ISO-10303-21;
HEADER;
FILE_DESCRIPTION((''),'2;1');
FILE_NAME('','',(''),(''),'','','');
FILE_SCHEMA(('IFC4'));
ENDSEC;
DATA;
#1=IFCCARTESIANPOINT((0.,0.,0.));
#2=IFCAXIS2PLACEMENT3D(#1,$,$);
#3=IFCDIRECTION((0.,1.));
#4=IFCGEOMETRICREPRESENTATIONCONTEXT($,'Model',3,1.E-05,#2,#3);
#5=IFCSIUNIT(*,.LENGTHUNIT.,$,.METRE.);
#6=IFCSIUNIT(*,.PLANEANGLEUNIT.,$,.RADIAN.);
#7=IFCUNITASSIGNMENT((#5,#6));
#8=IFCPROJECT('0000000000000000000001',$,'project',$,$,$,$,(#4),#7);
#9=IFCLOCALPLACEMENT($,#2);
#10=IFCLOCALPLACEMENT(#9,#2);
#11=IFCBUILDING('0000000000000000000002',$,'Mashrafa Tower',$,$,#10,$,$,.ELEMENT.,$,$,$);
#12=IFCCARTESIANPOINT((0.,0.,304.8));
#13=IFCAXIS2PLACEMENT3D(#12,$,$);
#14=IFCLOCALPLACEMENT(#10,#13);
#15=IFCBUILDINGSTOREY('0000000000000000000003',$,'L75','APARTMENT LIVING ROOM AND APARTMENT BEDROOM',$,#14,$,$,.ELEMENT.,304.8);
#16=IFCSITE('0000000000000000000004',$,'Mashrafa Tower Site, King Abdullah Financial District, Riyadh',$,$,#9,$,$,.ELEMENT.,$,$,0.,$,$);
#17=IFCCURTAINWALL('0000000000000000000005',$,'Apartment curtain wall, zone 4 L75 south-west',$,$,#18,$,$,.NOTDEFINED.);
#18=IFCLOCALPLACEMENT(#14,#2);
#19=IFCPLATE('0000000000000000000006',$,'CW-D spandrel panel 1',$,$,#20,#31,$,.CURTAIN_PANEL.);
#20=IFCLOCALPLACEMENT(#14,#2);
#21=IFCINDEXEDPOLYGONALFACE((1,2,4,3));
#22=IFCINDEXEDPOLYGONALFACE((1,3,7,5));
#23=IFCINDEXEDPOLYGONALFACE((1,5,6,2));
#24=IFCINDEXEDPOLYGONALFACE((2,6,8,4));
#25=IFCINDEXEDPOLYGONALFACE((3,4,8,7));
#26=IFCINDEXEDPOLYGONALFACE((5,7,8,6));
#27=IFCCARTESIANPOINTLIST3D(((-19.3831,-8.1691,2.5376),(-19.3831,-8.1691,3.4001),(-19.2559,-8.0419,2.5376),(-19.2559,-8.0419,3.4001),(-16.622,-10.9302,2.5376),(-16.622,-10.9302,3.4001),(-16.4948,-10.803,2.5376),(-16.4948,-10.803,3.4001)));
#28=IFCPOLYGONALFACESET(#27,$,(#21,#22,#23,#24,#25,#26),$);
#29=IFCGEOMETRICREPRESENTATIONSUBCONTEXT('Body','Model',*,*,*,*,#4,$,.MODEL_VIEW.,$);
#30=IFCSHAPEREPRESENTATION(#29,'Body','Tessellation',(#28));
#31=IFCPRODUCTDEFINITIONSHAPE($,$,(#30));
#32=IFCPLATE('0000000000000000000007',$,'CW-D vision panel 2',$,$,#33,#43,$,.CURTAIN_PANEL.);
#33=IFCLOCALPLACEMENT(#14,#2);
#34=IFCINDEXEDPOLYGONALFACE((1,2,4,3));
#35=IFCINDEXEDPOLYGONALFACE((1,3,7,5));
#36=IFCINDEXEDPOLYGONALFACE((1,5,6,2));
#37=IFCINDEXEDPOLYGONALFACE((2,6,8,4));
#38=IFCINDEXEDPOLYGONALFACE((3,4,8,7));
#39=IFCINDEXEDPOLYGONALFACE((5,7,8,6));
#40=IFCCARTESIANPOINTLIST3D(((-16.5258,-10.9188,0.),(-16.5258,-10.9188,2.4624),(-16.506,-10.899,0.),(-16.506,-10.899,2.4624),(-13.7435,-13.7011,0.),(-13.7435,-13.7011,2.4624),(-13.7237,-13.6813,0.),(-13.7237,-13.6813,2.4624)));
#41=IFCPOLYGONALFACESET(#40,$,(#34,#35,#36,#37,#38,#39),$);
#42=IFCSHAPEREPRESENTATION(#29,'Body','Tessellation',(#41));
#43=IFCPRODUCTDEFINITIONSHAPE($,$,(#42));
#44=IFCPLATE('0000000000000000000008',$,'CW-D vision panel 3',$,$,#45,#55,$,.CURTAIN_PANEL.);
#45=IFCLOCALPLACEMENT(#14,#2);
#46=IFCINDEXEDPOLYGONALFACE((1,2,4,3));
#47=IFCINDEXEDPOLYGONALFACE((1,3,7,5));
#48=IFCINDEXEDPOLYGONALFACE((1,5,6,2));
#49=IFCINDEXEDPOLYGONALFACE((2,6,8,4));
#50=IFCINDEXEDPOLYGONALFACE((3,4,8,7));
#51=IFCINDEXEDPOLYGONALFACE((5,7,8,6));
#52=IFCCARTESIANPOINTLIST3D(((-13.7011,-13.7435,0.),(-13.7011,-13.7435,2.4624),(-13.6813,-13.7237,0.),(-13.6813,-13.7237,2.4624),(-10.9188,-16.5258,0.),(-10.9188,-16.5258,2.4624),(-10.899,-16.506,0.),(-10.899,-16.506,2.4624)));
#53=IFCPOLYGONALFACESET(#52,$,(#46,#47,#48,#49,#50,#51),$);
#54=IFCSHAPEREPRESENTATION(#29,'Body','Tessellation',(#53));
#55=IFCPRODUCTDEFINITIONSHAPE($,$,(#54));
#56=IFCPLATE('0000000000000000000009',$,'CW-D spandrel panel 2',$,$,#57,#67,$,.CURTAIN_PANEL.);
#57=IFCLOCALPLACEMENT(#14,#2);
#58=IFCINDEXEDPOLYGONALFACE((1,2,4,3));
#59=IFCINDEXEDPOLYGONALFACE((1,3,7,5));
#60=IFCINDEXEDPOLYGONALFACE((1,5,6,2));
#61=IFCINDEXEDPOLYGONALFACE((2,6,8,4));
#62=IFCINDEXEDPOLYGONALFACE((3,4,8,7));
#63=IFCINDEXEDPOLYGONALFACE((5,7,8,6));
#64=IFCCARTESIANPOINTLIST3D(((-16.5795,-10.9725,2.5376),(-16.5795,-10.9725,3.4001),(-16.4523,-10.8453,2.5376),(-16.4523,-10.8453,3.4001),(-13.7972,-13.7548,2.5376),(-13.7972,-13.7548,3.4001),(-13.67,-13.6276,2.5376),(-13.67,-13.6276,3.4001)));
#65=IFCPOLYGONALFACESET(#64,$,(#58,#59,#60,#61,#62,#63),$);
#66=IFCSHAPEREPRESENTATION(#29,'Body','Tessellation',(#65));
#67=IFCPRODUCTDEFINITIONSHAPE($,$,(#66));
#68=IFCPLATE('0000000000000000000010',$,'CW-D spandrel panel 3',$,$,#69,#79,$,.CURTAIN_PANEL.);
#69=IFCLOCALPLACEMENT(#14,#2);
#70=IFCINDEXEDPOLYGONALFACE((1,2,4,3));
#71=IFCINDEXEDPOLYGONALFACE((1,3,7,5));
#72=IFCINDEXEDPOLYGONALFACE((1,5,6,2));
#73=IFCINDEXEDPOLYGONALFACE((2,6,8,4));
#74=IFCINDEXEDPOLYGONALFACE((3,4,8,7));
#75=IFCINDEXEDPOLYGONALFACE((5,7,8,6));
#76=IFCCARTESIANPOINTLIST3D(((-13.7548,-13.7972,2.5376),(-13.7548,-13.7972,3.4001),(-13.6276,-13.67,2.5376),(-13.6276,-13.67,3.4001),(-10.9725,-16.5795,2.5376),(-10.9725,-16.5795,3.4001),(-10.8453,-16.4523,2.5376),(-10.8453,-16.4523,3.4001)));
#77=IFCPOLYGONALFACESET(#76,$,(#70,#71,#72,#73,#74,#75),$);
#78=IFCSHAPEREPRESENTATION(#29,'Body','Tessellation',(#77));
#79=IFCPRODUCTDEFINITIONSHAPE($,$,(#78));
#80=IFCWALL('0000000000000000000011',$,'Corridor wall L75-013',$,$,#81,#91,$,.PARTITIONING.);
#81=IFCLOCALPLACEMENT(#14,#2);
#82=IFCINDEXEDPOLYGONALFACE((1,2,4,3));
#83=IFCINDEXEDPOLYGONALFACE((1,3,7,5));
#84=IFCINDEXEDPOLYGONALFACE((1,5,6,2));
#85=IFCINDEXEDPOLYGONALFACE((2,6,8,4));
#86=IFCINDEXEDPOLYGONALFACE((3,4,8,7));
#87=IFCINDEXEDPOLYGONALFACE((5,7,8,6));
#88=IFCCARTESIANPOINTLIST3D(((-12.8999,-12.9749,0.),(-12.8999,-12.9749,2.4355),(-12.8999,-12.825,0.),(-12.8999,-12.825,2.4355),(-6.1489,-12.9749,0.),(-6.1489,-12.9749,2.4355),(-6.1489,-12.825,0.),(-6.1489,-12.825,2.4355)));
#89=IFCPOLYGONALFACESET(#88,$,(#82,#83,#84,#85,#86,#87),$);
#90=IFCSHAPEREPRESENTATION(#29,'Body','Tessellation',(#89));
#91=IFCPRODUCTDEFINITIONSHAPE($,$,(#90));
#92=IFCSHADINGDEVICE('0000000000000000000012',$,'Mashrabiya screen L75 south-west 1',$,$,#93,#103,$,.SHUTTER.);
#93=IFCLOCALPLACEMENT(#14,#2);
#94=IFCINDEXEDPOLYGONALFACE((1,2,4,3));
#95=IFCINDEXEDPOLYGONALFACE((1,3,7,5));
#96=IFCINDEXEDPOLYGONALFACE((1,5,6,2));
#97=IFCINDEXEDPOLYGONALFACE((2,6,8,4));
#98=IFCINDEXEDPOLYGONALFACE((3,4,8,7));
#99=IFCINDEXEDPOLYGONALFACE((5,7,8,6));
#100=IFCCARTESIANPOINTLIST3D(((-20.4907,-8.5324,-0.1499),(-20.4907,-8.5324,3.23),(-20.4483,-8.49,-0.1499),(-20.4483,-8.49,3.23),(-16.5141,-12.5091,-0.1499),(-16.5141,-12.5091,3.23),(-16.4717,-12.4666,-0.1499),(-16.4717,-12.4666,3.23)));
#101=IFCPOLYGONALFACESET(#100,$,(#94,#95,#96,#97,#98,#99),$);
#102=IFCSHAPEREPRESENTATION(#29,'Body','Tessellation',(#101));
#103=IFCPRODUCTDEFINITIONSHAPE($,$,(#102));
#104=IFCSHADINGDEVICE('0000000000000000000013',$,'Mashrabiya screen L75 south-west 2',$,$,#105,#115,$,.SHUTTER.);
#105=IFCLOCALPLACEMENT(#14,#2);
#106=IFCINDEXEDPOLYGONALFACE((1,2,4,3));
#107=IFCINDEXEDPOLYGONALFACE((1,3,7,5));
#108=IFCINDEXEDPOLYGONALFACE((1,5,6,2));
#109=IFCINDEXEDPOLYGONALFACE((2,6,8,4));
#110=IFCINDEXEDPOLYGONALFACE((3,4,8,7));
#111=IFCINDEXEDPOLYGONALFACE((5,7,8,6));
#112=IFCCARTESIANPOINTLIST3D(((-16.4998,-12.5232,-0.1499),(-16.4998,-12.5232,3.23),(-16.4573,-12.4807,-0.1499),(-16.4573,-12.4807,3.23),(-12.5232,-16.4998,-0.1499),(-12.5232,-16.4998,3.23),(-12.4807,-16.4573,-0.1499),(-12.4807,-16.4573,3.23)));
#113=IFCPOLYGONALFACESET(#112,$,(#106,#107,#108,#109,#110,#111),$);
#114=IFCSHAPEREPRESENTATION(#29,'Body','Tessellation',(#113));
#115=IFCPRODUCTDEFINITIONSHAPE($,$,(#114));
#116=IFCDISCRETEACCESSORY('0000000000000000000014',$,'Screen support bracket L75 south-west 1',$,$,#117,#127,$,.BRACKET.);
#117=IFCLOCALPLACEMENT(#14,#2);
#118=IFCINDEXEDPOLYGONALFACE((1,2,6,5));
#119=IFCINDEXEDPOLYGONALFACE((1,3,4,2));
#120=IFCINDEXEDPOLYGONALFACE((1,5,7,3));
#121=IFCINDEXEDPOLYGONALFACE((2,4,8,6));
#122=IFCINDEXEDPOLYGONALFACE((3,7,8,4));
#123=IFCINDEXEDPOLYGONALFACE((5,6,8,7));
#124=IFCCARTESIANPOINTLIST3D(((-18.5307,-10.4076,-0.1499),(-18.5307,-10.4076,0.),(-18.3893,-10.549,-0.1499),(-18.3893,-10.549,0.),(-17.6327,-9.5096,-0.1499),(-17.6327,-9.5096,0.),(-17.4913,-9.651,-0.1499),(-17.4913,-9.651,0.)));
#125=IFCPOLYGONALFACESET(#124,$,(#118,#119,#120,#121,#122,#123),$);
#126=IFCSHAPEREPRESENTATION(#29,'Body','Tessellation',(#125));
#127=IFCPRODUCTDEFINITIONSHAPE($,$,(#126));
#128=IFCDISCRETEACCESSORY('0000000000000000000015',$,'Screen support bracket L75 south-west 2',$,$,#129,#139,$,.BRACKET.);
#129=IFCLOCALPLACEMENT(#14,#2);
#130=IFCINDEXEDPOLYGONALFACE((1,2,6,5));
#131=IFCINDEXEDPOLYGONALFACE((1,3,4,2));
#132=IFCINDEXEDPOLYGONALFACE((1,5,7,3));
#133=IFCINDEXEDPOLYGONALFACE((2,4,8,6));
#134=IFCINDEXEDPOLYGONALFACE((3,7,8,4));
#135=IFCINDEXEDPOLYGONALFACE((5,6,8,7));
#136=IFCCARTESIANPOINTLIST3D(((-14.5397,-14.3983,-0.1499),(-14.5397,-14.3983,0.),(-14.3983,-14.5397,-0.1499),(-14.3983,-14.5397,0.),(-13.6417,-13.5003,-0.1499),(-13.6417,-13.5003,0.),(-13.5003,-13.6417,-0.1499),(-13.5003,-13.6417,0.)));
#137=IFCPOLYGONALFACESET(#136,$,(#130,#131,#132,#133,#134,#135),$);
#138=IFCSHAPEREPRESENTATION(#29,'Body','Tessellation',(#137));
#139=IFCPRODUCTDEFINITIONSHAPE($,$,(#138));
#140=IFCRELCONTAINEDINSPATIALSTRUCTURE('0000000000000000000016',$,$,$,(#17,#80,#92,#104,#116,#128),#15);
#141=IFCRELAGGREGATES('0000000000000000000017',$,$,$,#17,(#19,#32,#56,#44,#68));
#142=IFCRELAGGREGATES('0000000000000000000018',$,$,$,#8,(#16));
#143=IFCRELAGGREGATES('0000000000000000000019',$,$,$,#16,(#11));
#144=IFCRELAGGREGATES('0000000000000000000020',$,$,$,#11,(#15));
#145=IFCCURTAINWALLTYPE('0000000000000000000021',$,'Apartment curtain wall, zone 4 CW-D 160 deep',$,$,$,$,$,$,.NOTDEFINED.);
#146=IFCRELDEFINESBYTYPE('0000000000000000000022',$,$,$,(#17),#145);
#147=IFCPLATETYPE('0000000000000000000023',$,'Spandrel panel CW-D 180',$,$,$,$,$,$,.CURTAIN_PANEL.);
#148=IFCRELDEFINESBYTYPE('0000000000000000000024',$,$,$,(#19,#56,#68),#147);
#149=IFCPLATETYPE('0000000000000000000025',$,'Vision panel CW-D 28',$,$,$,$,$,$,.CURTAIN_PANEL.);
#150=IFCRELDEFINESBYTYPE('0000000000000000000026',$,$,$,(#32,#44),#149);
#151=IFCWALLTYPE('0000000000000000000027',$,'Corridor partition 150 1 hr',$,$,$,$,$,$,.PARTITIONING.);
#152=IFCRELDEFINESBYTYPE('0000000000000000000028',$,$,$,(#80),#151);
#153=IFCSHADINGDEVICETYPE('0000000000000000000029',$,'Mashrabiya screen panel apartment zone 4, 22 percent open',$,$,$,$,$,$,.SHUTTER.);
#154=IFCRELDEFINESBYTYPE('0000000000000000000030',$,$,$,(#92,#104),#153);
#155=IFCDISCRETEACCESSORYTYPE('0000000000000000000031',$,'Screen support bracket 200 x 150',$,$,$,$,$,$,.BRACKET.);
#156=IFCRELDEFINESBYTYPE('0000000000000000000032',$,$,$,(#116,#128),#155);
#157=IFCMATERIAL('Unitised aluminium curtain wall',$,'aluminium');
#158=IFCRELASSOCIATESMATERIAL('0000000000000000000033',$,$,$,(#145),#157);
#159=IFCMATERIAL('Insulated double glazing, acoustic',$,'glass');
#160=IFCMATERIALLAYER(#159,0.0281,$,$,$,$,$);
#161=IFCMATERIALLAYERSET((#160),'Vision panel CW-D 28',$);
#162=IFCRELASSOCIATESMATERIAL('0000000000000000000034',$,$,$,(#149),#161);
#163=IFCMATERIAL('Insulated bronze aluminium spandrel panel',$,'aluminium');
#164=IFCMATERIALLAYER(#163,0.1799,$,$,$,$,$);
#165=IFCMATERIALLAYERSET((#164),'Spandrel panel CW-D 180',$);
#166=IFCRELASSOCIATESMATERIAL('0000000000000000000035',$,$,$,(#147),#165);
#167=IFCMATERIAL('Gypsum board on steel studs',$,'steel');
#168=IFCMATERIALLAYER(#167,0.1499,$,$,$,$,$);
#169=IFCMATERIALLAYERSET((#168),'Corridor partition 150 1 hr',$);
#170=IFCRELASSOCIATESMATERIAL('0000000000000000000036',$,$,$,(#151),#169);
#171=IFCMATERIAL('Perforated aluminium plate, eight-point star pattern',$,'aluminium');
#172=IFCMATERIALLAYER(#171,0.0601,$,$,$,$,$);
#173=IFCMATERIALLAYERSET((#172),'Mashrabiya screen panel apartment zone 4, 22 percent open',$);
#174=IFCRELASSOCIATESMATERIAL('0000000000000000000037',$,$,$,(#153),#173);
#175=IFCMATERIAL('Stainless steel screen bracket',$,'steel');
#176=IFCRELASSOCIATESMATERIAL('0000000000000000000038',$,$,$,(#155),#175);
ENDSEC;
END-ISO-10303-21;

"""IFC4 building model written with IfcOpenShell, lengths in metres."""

from ifc_helpers import new_model, si_unit, direction, frame, frame_2d, origin, origin_2d, place, context, subcontext, project, spatial, rectangle, extrude, source, transform, mapped, material, layer, layer_set, type_object, type_shapes, element, aggregate, save


model = new_model("IFC4")

# Units and contexts
model_context = context("Model", 3, precision=1e-05, world=origin(), true_north=direction((0.0, 1.0)))
body_context = subcontext(model_context, "Body", "Model", "MODEL_VIEW")
ifc_project = project(units=[si_unit("LENGTHUNIT", "METRE"), si_unit("PLANEANGLEUNIT", "RADIAN")], contexts=[model_context])

# Site, building, storey
site_placement = place(None, origin())
site = spatial("IfcSite", under=ifc_project, at=site_placement, Name="Mashrafa Tower Site, King Abdullah Financial District, Riyadh", CompositionType="ELEMENT", RefElevation=0.0)
building_placement = place(site_placement, origin())
building = spatial("IfcBuilding", under=site, at=building_placement, Name="Mashrafa Tower", CompositionType="ELEMENT")
storey_placement = place(building_placement, frame((0.0, 0.0, 304.8)))
storey = spatial("IfcBuildingStorey", under=building, at=storey_placement, Name="L75", Description="APARTMENT LIVING ROOM AND APARTMENT BEDROOM", CompositionType="ELEMENT", Elevation=304.8)

# Shared definitions
ifc_material_1 = material(Name="Unitised aluminium curtain wall", Category="aluminium")
curtain_wall_type = type_object("IfcCurtainWallType", Name="Apartment curtain wall, zone 4 CW-D 160 deep", PredefinedType="NOTDEFINED", material=ifc_material_1)

# Curtain wall, plates
curtain_wall_1_placement = place(storey_placement, origin())
curtain_wall_1 = element("IfcCurtainWall", 1, at=curtain_wall_1_placement, inside=storey, type_object=curtain_wall_type, Name="Apartment curtain wall, zone 4 L75 south-west", PredefinedType="NOTDEFINED")
ifc_material_2 = material(Name="Insulated double glazing, acoustic", Category="glass")
ifc_layer_1 = layer(ifc_material_2, 0.0281)
ifc_layer_set_1 = layer_set([ifc_layer_1], Name="Vision panel CW-D 28")
plate_type_1 = type_object("IfcPlateType", Name="Vision panel CW-D 28", PredefinedType="CURTAIN_PANEL", material=ifc_layer_set_1)
ifc_material_3 = material(Name="Insulated bronze aluminium spandrel panel", Category="aluminium")
ifc_layer_2 = layer(ifc_material_3, 0.1799)
ifc_layer_set_2 = layer_set([ifc_layer_2], Name="Spandrel panel CW-D 180")
plate_type_2 = type_object("IfcPlateType", Name="Spandrel panel CW-D 180", PredefinedType="CURTAIN_PANEL", material=ifc_layer_set_2)
shared_shape_1 = source(origin(), body_context, "Body", "SweptSolid", [
    extrude(rectangle(XDim=3.9048, YDim=0.1799, at=origin_2d()), origin(), (0.0, 0.0, 1.0), 0.8625),
])
plate_1_placement = place(storey_placement, frame((-17.939, -9.4861, 2.5376), z_axis=(0.0, 0.0, 1.0), x_axis=(0.707107, -0.707107, 0.0)))
plate_1 = element("IfcPlate", 2, at=plate_1_placement, type_object=plate_type_2, Name="CW-D spandrel panel 1", PredefinedType="CURTAIN_PANEL", context=body_context, shape_type="MappedRepresentation", body=[
    mapped(shared_shape_1, transform((0.0, 0.0, 0.0))),
])
shared_shape_2 = source(origin(), body_context, "Body", "SweptSolid", [
    extrude(rectangle(XDim=3.9348, YDim=0.0281, at=origin_2d()), origin(), (0.0, 0.0, 1.0), 2.4624),
])
plate_2_placement = place(storey_placement, frame((-15.1248, -12.3, 0.0), z_axis=(0.0, 0.0, 1.0), x_axis=(0.707107, -0.707107, 0.0)))
plate_2 = element("IfcPlate", 3, at=plate_2_placement, type_object=plate_type_1, Name="CW-D vision panel 2", PredefinedType="CURTAIN_PANEL", context=body_context, shape_type="MappedRepresentation", body=[
    mapped(shared_shape_2, transform((0.0, 0.0, 0.0))),
])
plate_3_placement = place(storey_placement, frame((-12.3, -15.1248, 0.0), z_axis=(0.0, 0.0, 1.0), x_axis=(0.707107, -0.707107, 0.0)))
plate_3 = element("IfcPlate", 4, at=plate_3_placement, type_object=plate_type_1, Name="CW-D vision panel 3", PredefinedType="CURTAIN_PANEL", context=body_context, shape_type="MappedRepresentation", body=[
    mapped(shared_shape_2, transform((0.0, 0.0, 0.0))),
])
shared_shape_3 = source(origin(), body_context, "Body", "SweptSolid", [
    extrude(rectangle(XDim=3.9348, YDim=0.1799, at=origin_2d()), origin(), (0.0, 0.0, 1.0), 0.8625),
])
type_shapes(plate_type_2, [shared_shape_1, shared_shape_3])
plate_4_placement = place(storey_placement, frame((-15.1248, -12.3, 2.5376), z_axis=(0.0, 0.0, 1.0), x_axis=(0.707107, -0.707107, 0.0)))
plate_4 = element("IfcPlate", 5, at=plate_4_placement, type_object=plate_type_2, Name="CW-D spandrel panel 2", PredefinedType="CURTAIN_PANEL", context=body_context, shape_type="MappedRepresentation", body=[
    mapped(shared_shape_3, transform((0.0, 0.0, 0.0))),
])
plate_5_placement = place(storey_placement, frame((-12.3, -15.1248, 2.5376), z_axis=(0.0, 0.0, 1.0), x_axis=(0.707107, -0.707107, 0.0)))
plate_5 = element("IfcPlate", 6, at=plate_5_placement, type_object=plate_type_2, Name="CW-D spandrel panel 3", PredefinedType="CURTAIN_PANEL", context=body_context, shape_type="MappedRepresentation", body=[
    mapped(shared_shape_3, transform((0.0, 0.0, 0.0))),
])
aggregate(curtain_wall_1, [plate_1, plate_2, plate_4, plate_3, plate_5])

# Wall
ifc_material_4 = material(Name="Gypsum board on steel studs", Category="steel")
ifc_layer_3 = layer(ifc_material_4, 0.1499)
ifc_layer_set_3 = layer_set([ifc_layer_3], Name="Corridor partition 150 1 hr")
wall_type = type_object("IfcWallType", Name="Corridor partition 150 1 hr", PredefinedType="PARTITIONING", material=ifc_layer_set_3)
wall_placement = place(storey_placement, frame((-12.8999, -12.8999, 0.0), z_axis=(0.0, 0.0, 1.0), x_axis=(1.0, 0.0, 0.0)))
element("IfcWall", 7, at=wall_placement, inside=storey, type_object=wall_type, Name="Corridor wall L75-013", PredefinedType="PARTITIONING", context=body_context, shape_type="SweptSolid", body=[
    extrude(rectangle(XDim=6.751, YDim=0.1499, at=frame_2d((3.3755, 0.0))), origin(), (0.0, 0.0, 1.0), 2.4355),
])

# Shading devices
ifc_material_5 = material(Name="Perforated aluminium plate, eight-point star pattern", Category="aluminium")
ifc_layer_4 = layer(ifc_material_5, 0.0601)
ifc_layer_set_4 = layer_set([ifc_layer_4], Name="Mashrabiya screen panel apartment zone 4, 22 percent open")
shading_device_type = type_object("IfcShadingDeviceType", Name="Mashrabiya screen panel apartment zone 4, 22 percent open", PredefinedType="SHUTTER", material=ifc_layer_set_4)
shared_shape_4 = source(origin(), body_context, "Body", "SweptSolid", [
    extrude(rectangle(XDim=5.6238, YDim=0.0601, at=origin_2d()), origin(), (0.0, 0.0, 1.0), 3.3799),
])
type_shapes(shading_device_type, [shared_shape_4])
for number, where, z_axis, x_axis, name in (
    (8, (-18.4812, -10.4995, -0.1499), (0.0, 0.0, 1.0), (0.707107, -0.707107, 0.0), "Mashrabiya screen L75 south-west 1"),
    (9, (-14.4902, -14.4902, -0.1499), (0.0, 0.0, 1.0), (0.707107, -0.707107, 0.0), "Mashrabiya screen L75 south-west 2"),
):
    element("IfcShadingDevice", number, at=place(storey_placement, frame(where, z_axis=z_axis, x_axis=x_axis)), inside=storey, type_object=shading_device_type, Name=name, PredefinedType="SHUTTER", context=body_context, shape_type="MappedRepresentation", body=[
        mapped(shared_shape_4, transform((0.0, 0.0, 0.0))),
    ])

# Discrete accessories
ifc_material_6 = material(Name="Stainless steel screen bracket", Category="steel")
discrete_accessory_type = type_object("IfcDiscreteAccessoryType", Name="Screen support bracket 200 x 150", PredefinedType="BRACKET", material=ifc_material_6)
shared_shape_5 = source(origin(), body_context, "Body", "SweptSolid", [
    extrude(rectangle(XDim=0.2, YDim=1.27, at=origin_2d()), origin(), (0.0, 0.0, 1.0), 0.1499),
])
type_shapes(discrete_accessory_type, [shared_shape_5])
for number, where, z_axis, x_axis, name in (
    (10, (-18.011, -10.0293, -0.1499), (0.0, 0.0, 1.0), (0.707107, -0.707107, 0.0), "Screen support bracket L75 south-west 1"),
    (11, (-14.02, -14.02, -0.1499), (0.0, 0.0, 1.0), (0.707107, -0.707107, 0.0), "Screen support bracket L75 south-west 2"),
):
    element("IfcDiscreteAccessory", number, at=place(storey_placement, frame(where, z_axis=z_axis, x_axis=x_axis)), inside=storey, type_object=discrete_accessory_type, Name=name, PredefinedType="BRACKET", context=body_context, shape_type="MappedRepresentation", body=[
        mapped(shared_shape_5, transform((0.0, 0.0, 0.0))),
    ])

save(model, "model.ifc")
